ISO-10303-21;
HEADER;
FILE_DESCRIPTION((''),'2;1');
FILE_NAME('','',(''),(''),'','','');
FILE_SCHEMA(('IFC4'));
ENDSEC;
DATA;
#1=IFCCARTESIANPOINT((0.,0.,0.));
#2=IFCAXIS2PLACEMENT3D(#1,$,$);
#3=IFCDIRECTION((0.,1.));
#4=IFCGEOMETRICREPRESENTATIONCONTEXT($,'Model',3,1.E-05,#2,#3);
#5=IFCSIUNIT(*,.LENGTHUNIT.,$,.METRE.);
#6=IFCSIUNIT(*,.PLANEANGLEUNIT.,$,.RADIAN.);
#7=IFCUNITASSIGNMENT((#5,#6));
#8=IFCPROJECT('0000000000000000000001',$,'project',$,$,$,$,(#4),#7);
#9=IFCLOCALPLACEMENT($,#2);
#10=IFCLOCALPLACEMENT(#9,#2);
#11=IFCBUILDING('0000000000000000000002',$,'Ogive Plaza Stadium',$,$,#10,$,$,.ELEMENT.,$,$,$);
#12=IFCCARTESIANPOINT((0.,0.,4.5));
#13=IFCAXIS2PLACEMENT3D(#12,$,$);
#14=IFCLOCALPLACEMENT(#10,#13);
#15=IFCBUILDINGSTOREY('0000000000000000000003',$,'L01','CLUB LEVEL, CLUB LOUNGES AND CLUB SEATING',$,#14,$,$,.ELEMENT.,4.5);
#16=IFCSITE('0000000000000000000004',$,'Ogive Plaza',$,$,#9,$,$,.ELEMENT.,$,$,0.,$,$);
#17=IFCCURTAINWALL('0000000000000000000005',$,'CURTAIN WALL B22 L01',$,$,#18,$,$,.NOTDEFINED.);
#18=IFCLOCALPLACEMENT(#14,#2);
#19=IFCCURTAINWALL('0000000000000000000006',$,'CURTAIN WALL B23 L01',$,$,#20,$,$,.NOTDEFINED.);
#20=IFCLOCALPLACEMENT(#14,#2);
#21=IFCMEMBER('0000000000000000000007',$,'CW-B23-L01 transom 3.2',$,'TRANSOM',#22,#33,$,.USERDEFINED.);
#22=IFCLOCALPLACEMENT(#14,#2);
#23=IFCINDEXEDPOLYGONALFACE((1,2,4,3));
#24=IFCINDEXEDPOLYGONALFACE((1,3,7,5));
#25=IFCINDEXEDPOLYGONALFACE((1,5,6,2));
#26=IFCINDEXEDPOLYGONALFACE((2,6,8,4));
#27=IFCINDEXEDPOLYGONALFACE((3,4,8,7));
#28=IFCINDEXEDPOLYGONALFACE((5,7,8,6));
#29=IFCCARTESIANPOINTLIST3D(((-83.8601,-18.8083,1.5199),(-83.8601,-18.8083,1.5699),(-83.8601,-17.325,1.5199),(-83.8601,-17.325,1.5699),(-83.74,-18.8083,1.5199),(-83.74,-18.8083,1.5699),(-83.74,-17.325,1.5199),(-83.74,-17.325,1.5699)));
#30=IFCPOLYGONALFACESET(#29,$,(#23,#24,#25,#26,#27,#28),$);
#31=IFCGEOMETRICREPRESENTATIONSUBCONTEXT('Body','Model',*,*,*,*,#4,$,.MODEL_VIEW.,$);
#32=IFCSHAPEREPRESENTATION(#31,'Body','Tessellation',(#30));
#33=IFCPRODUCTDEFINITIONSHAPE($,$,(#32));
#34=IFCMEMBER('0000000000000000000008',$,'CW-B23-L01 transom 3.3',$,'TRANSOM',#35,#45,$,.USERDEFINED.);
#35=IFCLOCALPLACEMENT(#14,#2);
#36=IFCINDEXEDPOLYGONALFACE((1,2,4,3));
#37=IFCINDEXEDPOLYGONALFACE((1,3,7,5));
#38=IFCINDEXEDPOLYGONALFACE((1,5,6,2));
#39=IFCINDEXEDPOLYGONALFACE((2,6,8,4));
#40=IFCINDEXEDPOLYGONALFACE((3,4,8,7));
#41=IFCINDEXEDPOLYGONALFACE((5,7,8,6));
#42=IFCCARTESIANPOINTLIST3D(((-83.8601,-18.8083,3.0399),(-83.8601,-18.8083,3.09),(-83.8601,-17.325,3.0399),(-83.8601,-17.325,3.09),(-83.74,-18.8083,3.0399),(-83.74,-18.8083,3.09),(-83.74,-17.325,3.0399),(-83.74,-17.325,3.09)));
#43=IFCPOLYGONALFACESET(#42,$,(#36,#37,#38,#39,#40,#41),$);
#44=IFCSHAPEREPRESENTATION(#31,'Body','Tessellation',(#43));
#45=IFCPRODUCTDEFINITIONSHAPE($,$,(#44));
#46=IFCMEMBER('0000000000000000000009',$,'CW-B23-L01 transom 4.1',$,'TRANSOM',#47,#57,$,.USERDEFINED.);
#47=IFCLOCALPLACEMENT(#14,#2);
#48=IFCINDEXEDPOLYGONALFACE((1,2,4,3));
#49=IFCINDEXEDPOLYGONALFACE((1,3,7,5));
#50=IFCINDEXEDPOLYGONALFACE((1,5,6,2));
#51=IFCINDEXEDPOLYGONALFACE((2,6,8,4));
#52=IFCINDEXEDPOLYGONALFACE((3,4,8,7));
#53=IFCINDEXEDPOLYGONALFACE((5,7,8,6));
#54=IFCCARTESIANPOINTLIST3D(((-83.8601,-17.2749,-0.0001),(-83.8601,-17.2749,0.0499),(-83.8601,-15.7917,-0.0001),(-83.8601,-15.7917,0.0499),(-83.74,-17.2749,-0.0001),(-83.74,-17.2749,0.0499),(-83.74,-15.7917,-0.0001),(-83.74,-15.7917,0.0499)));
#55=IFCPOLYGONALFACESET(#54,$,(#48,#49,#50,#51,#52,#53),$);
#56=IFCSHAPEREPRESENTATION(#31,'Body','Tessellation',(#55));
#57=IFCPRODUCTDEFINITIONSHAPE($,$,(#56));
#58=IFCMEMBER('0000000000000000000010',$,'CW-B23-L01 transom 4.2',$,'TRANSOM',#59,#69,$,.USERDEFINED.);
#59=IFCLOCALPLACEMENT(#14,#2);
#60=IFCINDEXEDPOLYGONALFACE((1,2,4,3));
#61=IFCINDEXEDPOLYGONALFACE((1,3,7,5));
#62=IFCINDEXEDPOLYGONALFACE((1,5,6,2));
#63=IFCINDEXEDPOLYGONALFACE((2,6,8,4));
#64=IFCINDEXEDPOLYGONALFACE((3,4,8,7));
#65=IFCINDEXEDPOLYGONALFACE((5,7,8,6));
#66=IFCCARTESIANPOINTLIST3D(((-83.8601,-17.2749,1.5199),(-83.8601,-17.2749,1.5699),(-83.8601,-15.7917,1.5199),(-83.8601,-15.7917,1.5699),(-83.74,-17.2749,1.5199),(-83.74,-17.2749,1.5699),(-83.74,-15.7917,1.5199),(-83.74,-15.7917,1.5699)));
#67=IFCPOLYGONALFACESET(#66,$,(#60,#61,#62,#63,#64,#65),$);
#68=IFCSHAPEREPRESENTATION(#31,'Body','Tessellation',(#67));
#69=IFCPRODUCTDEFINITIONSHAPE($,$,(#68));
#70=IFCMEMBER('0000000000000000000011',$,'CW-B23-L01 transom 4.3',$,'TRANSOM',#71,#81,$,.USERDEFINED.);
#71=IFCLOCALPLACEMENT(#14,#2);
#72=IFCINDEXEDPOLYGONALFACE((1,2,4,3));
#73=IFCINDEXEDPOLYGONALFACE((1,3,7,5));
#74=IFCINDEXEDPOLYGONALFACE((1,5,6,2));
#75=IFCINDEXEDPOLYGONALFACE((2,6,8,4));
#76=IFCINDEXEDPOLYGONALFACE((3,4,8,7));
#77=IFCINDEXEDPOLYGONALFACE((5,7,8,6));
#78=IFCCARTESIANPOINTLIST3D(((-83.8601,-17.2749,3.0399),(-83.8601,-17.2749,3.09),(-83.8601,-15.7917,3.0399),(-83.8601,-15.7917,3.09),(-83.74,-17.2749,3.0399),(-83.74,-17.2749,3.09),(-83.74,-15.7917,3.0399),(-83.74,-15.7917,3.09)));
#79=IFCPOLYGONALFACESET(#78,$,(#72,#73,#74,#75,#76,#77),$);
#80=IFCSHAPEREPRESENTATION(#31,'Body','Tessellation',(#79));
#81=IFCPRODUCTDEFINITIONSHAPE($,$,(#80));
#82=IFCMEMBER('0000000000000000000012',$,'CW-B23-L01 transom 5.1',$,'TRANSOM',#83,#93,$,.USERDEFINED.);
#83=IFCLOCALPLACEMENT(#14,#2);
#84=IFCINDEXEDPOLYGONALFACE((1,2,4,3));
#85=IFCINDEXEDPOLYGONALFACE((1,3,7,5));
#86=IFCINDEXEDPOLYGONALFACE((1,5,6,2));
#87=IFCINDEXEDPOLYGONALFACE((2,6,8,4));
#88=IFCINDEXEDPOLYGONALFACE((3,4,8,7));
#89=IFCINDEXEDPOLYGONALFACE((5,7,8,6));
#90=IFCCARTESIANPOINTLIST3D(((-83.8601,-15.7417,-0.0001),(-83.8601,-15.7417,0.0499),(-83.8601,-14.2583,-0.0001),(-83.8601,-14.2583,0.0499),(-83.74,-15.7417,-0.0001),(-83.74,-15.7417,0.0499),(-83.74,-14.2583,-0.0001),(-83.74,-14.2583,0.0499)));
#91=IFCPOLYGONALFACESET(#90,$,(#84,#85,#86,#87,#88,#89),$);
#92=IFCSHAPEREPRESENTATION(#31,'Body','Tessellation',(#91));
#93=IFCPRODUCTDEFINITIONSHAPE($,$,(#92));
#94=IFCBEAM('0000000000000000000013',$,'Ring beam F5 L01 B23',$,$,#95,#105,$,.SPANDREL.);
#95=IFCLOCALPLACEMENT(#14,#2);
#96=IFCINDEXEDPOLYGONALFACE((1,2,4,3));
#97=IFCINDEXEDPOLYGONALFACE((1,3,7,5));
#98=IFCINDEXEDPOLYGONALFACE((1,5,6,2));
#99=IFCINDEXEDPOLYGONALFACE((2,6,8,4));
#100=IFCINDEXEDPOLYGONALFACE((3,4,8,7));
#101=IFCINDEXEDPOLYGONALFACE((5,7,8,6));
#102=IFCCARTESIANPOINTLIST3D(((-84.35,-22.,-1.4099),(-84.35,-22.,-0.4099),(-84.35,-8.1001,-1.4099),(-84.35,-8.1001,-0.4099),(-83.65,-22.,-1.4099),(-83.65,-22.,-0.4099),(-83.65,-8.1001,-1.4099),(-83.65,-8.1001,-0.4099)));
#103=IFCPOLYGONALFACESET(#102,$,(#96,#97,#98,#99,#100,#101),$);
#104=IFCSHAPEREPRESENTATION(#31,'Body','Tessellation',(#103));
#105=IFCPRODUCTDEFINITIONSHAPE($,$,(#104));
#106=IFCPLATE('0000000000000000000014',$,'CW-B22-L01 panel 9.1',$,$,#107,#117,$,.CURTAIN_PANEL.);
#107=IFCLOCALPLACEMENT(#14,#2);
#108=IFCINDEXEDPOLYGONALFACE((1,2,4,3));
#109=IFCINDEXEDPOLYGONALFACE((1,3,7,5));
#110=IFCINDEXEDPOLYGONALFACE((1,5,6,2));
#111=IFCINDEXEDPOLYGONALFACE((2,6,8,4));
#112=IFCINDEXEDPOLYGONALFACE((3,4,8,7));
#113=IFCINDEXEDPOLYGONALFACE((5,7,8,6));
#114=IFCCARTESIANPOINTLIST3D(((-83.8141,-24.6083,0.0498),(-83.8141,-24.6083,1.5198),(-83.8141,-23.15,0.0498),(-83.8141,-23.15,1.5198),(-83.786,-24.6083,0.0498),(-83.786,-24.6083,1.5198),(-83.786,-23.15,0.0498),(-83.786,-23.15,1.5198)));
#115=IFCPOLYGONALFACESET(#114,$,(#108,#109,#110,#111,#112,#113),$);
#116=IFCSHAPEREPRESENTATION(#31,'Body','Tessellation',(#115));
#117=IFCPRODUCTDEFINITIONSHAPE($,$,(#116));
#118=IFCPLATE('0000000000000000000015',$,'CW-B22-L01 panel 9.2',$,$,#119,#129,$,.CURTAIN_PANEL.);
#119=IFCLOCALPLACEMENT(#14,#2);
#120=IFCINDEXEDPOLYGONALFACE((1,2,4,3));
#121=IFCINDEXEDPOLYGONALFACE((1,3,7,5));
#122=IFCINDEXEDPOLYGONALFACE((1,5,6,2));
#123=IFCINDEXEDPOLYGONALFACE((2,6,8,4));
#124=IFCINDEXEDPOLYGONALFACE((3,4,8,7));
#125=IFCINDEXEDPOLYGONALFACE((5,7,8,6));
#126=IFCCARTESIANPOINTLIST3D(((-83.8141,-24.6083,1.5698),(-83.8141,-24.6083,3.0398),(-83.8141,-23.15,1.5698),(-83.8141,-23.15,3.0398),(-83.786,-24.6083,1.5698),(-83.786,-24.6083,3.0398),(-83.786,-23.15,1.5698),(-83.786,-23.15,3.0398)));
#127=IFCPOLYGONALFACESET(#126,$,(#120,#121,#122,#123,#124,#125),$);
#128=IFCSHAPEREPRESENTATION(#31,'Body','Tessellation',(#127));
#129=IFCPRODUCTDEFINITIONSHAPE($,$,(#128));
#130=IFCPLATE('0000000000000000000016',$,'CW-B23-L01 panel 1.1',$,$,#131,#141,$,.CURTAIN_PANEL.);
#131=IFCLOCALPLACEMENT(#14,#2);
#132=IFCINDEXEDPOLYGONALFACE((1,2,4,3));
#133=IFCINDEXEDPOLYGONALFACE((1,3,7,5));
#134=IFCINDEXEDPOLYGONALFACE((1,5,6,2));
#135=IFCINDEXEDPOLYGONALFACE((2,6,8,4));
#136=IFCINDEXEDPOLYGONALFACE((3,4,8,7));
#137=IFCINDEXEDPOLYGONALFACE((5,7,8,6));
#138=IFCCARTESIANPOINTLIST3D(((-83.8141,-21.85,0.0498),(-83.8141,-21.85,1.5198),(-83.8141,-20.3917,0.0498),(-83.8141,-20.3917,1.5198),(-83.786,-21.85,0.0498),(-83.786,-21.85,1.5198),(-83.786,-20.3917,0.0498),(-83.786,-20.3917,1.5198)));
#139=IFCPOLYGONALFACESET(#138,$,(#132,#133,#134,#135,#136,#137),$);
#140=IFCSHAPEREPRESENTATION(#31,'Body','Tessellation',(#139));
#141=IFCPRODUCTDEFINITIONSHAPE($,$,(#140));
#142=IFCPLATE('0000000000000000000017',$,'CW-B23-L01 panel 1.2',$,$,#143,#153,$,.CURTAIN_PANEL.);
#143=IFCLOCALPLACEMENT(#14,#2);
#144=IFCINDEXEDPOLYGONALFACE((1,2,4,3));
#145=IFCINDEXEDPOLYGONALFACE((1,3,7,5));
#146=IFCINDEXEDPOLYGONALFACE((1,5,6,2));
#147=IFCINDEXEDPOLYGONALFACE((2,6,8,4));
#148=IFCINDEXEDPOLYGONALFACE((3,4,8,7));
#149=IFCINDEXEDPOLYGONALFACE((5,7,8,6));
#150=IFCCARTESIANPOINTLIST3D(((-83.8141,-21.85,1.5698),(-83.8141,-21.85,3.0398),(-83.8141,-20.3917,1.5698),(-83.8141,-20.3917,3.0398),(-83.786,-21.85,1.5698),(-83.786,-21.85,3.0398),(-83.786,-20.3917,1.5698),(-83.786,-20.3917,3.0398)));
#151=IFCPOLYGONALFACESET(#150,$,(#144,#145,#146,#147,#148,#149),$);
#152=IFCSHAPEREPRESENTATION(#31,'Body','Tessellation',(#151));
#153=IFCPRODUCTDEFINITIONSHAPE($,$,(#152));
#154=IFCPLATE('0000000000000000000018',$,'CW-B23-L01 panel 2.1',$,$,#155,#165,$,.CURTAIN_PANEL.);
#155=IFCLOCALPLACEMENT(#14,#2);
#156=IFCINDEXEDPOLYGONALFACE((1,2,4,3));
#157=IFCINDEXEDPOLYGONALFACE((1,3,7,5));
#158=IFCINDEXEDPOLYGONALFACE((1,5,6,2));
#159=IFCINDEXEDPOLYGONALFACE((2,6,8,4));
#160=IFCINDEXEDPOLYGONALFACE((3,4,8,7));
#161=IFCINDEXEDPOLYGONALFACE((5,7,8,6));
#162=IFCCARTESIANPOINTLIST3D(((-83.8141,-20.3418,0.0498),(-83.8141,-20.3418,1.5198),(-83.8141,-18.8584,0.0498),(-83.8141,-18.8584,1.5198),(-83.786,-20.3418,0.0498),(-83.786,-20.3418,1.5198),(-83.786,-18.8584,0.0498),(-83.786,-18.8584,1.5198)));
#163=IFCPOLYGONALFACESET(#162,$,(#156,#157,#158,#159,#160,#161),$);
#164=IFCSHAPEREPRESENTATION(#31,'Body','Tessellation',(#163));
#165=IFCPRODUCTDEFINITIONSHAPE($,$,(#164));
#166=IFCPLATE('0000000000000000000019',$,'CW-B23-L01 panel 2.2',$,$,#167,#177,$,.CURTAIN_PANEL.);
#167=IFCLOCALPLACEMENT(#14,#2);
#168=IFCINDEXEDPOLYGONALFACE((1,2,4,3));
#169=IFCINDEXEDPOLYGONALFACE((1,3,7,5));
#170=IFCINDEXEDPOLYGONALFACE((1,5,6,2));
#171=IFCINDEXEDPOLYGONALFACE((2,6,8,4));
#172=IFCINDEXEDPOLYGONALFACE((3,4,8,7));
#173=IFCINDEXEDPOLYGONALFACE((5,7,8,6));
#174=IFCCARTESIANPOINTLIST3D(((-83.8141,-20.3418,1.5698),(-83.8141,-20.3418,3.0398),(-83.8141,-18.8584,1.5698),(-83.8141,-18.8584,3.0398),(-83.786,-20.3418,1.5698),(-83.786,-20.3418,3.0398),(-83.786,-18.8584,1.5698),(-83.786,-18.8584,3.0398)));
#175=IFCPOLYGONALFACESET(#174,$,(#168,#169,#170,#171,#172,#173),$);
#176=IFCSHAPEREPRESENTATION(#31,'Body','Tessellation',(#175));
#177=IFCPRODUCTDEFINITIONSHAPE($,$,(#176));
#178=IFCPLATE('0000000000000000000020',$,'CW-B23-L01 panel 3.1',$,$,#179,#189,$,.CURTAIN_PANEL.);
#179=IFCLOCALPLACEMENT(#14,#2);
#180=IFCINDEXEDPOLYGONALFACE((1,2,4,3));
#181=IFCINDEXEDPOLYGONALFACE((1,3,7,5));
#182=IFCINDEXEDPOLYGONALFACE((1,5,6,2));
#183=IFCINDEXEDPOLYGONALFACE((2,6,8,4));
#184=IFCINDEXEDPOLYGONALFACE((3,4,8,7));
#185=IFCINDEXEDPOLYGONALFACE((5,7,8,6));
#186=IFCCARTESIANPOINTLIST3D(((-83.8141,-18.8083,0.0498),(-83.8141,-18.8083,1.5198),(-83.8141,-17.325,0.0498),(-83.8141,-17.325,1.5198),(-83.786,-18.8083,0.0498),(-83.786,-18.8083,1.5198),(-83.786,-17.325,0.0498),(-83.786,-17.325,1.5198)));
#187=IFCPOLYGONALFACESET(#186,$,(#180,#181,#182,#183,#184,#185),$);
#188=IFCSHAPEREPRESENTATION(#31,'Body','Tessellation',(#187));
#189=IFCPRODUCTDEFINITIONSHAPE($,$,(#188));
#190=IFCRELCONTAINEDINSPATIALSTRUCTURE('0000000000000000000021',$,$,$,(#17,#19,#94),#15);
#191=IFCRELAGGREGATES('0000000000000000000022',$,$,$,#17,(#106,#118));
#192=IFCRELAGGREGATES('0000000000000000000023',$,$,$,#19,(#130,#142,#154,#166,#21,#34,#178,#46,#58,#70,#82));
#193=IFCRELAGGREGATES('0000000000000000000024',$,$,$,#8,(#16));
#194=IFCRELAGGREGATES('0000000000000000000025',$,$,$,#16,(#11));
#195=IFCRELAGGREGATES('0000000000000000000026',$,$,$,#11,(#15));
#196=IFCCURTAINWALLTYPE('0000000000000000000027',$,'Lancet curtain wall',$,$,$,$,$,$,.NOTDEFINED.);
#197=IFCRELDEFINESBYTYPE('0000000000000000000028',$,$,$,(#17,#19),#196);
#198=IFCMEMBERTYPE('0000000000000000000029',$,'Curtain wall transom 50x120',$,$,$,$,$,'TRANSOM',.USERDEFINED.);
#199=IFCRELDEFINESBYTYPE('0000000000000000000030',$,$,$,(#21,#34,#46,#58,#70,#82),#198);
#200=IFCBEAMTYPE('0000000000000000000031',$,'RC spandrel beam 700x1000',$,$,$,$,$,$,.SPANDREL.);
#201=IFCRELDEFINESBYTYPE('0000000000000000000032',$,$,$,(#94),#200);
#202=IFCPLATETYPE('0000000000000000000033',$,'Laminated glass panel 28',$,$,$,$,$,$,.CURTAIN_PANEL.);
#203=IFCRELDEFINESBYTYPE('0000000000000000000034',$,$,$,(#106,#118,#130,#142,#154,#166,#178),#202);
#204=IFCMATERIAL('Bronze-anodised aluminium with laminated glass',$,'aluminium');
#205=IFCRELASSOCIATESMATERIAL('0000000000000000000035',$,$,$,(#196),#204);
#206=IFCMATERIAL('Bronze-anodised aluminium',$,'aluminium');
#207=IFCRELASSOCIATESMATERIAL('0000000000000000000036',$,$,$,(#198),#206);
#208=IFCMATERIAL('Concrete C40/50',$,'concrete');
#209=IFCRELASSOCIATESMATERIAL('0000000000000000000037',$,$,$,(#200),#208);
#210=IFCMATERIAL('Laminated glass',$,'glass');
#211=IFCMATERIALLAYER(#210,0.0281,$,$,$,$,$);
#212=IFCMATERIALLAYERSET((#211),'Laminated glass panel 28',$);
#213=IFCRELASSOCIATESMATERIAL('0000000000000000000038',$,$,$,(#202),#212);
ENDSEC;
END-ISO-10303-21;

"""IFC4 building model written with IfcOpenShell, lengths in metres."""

from ifc_helpers import new_model, si_unit, direction, frame, origin, origin_2d, place, context, subcontext, project, spatial, rectangle, extrude, material, layer, layer_set, material_profile, profile_set, type_object, element, aggregate, save


model = new_model("IFC4")

# Units and contexts
model_context = context("Model", 3, precision=1e-05, world=origin(), true_north=direction((0.0, 1.0)))
body_context = subcontext(model_context, "Body", "Model", "MODEL_VIEW")
ifc_project = project(units=[si_unit("LENGTHUNIT", "METRE"), si_unit("PLANEANGLEUNIT", "RADIAN")], contexts=[model_context])

# Site, building, storey
site_placement = place(None, origin())
site = spatial("IfcSite", under=ifc_project, at=site_placement, Name="Ogive Plaza", CompositionType="ELEMENT", RefElevation=0.0)
building_placement = place(site_placement, origin())
building = spatial("IfcBuilding", under=site, at=building_placement, Name="Ogive Plaza Stadium", CompositionType="ELEMENT")
storey_placement = place(building_placement, frame((0.0, 0.0, 4.5)))
storey = spatial("IfcBuildingStorey", under=building, at=storey_placement, Name="L01", Description="CLUB LEVEL, CLUB LOUNGES AND CLUB SEATING", CompositionType="ELEMENT", Elevation=4.5)

# Curtain wall
ifc_material_1 = material(Name="Bronze-anodised aluminium with laminated glass", Category="aluminium")
curtain_wall_type = type_object("IfcCurtainWallType", Name="Lancet curtain wall", PredefinedType="NOTDEFINED", material=ifc_material_1)
curtain_wall_1_placement = place(storey_placement, origin())
curtain_wall_1 = element("IfcCurtainWall", 1, at=curtain_wall_1_placement, inside=storey, type_object=curtain_wall_type, Name="CURTAIN WALL B22 L01", PredefinedType="NOTDEFINED")

# Curtain wall, members
curtain_wall_2_placement = place(storey_placement, origin())
curtain_wall_2 = element("IfcCurtainWall", 2, at=curtain_wall_2_placement, inside=storey, type_object=curtain_wall_type, Name="CURTAIN WALL B23 L01", PredefinedType="NOTDEFINED")
ifc_material_2 = material(Name="Bronze-anodised aluminium", Category="aluminium")
ifc_material_profile_1 = material_profile(ifc_material_2, rectangle(XDim=0.1201, YDim=0.05, at=origin_2d()), Name="AL 120x50")
ifc_profile_set_1 = profile_set([ifc_material_profile_1], Name="Bronze-anodised aluminium")
member_type_1 = type_object("IfcMemberType", Name="Curtain wall transom 50x120", ElementType="TRANSOM", PredefinedType="USERDEFINED", material=ifc_profile_set_1)
member_1_placement = place(storey_placement, frame((-83.8, -18.8083, 1.5449), z_axis=(0.0, 1.0, 0.0), x_axis=(-1.0, 0.0, 0.0)))
member_1 = element("IfcMember", 3, at=member_1_placement, type_object=member_type_1, Name="CW-B23-L01 transom 3.2", ObjectType="TRANSOM", PredefinedType="USERDEFINED", context=body_context, shape_type="SweptSolid", body=[
    extrude(rectangle(XDim=0.1201, YDim=0.05, at=origin_2d()), origin(), (0.0, 0.0, 1.0), 1.4834),
])
member_2_placement = place(storey_placement, frame((-83.8, -18.8083, 3.0649), z_axis=(0.0, 1.0, 0.0), x_axis=(-1.0, 0.0, 0.0)))
member_2 = element("IfcMember", 4, at=member_2_placement, type_object=member_type_1, Name="CW-B23-L01 transom 3.3", ObjectType="TRANSOM", PredefinedType="USERDEFINED", context=body_context, shape_type="SweptSolid", body=[
    extrude(rectangle(XDim=0.1201, YDim=0.05, at=origin_2d()), origin(), (0.0, 0.0, 1.0), 1.4834),
])
member_3_placement = place(storey_placement, frame((-83.8, -17.2749, 0.0249), z_axis=(0.0, 1.0, 0.0), x_axis=(-1.0, 0.0, 0.0)))
member_3 = element("IfcMember", 5, at=member_3_placement, type_object=member_type_1, Name="CW-B23-L01 transom 4.1", ObjectType="TRANSOM", PredefinedType="USERDEFINED", context=body_context, shape_type="SweptSolid", body=[
    extrude(rectangle(XDim=0.1201, YDim=0.05, at=origin_2d()), origin(), (0.0, 0.0, 1.0), 1.4832),
])
member_4_placement = place(storey_placement, frame((-83.8, -17.2749, 1.5449), z_axis=(0.0, 1.0, 0.0), x_axis=(-1.0, 0.0, 0.0)))
member_4 = element("IfcMember", 6, at=member_4_placement, type_object=member_type_1, Name="CW-B23-L01 transom 4.2", ObjectType="TRANSOM", PredefinedType="USERDEFINED", context=body_context, shape_type="SweptSolid", body=[
    extrude(rectangle(XDim=0.1201, YDim=0.05, at=origin_2d()), origin(), (0.0, 0.0, 1.0), 1.4832),
])
member_5_placement = place(storey_placement, frame((-83.8, -17.2749, 3.0649), z_axis=(0.0, 1.0, 0.0), x_axis=(-1.0, 0.0, 0.0)))
member_5 = element("IfcMember", 7, at=member_5_placement, type_object=member_type_1, Name="CW-B23-L01 transom 4.3", ObjectType="TRANSOM", PredefinedType="USERDEFINED", context=body_context, shape_type="SweptSolid", body=[
    extrude(rectangle(XDim=0.1201, YDim=0.05, at=origin_2d()), origin(), (0.0, 0.0, 1.0), 1.4832),
])
member_6_placement = place(storey_placement, frame((-83.8, -15.7417, 0.0249), z_axis=(0.0, 1.0, 0.0), x_axis=(-1.0, 0.0, 0.0)))
member_6 = element("IfcMember", 8, at=member_6_placement, type_object=member_type_1, Name="CW-B23-L01 transom 5.1", ObjectType="TRANSOM", PredefinedType="USERDEFINED", context=body_context, shape_type="SweptSolid", body=[
    extrude(rectangle(XDim=0.1201, YDim=0.05, at=origin_2d()), origin(), (0.0, 0.0, 1.0), 1.4834),
])

# Beam
ifc_material_3 = material(Name="Concrete C40/50", Category="concrete")
ifc_material_profile_2 = material_profile(ifc_material_3, rectangle(XDim=0.7, YDim=1.0, at=origin_2d()), Name="RC 700x1000")
ifc_profile_set_2 = profile_set([ifc_material_profile_2], Name="Concrete C40/50")
beam_type = type_object("IfcBeamType", Name="RC spandrel beam 700x1000", PredefinedType="SPANDREL", material=ifc_profile_set_2)
beam_placement = place(storey_placement, frame((-84.0, -22.0, -0.9099), z_axis=(0.0, 1.0, 0.0), x_axis=(-1.0, 0.0, 0.0)))
element("IfcBeam", 9, at=beam_placement, inside=storey, type_object=beam_type, Name="Ring beam F5 L01 B23", PredefinedType="SPANDREL", context=body_context, shape_type="SweptSolid", body=[
    extrude(rectangle(XDim=0.7, YDim=1.0, at=origin_2d()), origin(), (0.0, 0.0, 1.0), 13.8999),
])

# Plates
ifc_material_4 = material(Name="Laminated glass", Category="glass")
ifc_layer = layer(ifc_material_4, 0.0281)
ifc_layer_set = layer_set([ifc_layer], Name="Laminated glass panel 28")
plate_type = type_object("IfcPlateType", Name="Laminated glass panel 28", PredefinedType="CURTAIN_PANEL", material=ifc_layer_set)
plate_1_placement = place(storey_placement, frame((-83.8, -23.8792, 0.0498), z_axis=(0.0, 0.0, 1.0), x_axis=(0.0, 1.0, 0.0)))
plate_1 = element("IfcPlate", 10, at=plate_1_placement, type_object=plate_type, Name="CW-B22-L01 panel 9.1", PredefinedType="CURTAIN_PANEL", context=body_context, shape_type="SweptSolid", body=[
    extrude(rectangle(XDim=1.4583, YDim=0.0281, at=origin_2d()), origin(), (0.0, 0.0, 1.0), 1.47),
])
plate_2_placement = place(storey_placement, frame((-83.8, -23.8792, 1.5698), z_axis=(0.0, 0.0, 1.0), x_axis=(0.0, 1.0, 0.0)))
plate_2 = element("IfcPlate", 11, at=plate_2_placement, type_object=plate_type, Name="CW-B22-L01 panel 9.2", PredefinedType="CURTAIN_PANEL", context=body_context, shape_type="SweptSolid", body=[
    extrude(rectangle(XDim=1.4583, YDim=0.0281, at=origin_2d()), origin(), (0.0, 0.0, 1.0), 1.47),
])
aggregate(curtain_wall_1, [plate_1, plate_2])
plate_3_placement = place(storey_placement, frame((-83.8, -21.1208, 0.0498), z_axis=(0.0, 0.0, 1.0), x_axis=(0.0, 1.0, 0.0)))
plate_3 = element("IfcPlate", 12, at=plate_3_placement, type_object=plate_type, Name="CW-B23-L01 panel 1.1", PredefinedType="CURTAIN_PANEL", context=body_context, shape_type="SweptSolid", body=[
    extrude(rectangle(XDim=1.4583, YDim=0.0281, at=origin_2d()), origin(), (0.0, 0.0, 1.0), 1.47),
])
plate_4_placement = place(storey_placement, frame((-83.8, -21.1208, 1.5698), z_axis=(0.0, 0.0, 1.0), x_axis=(0.0, 1.0, 0.0)))
plate_4 = element("IfcPlate", 13, at=plate_4_placement, type_object=plate_type, Name="CW-B23-L01 panel 1.2", PredefinedType="CURTAIN_PANEL", context=body_context, shape_type="SweptSolid", body=[
    extrude(rectangle(XDim=1.4583, YDim=0.0281, at=origin_2d()), origin(), (0.0, 0.0, 1.0), 1.47),
])
plate_5_placement = place(storey_placement, frame((-83.8, -19.6001, 0.0498), z_axis=(0.0, 0.0, 1.0), x_axis=(0.0, 1.0, 0.0)))
plate_5 = element("IfcPlate", 14, at=plate_5_placement, type_object=plate_type, Name="CW-B23-L01 panel 2.1", PredefinedType="CURTAIN_PANEL", context=body_context, shape_type="SweptSolid", body=[
    extrude(rectangle(XDim=1.4834, YDim=0.0281, at=origin_2d()), origin(), (0.0, 0.0, 1.0), 1.47),
])
plate_6_placement = place(storey_placement, frame((-83.8, -19.6001, 1.5698), z_axis=(0.0, 0.0, 1.0), x_axis=(0.0, 1.0, 0.0)))
plate_6 = element("IfcPlate", 15, at=plate_6_placement, type_object=plate_type, Name="CW-B23-L01 panel 2.2", PredefinedType="CURTAIN_PANEL", context=body_context, shape_type="SweptSolid", body=[
    extrude(rectangle(XDim=1.4834, YDim=0.0281, at=origin_2d()), origin(), (0.0, 0.0, 1.0), 1.47),
])
plate_7_placement = place(storey_placement, frame((-83.8, -18.0667, 0.0498), z_axis=(0.0, 0.0, 1.0), x_axis=(0.0, 1.0, 0.0)))
plate_7 = element("IfcPlate", 16, at=plate_7_placement, type_object=plate_type, Name="CW-B23-L01 panel 3.1", PredefinedType="CURTAIN_PANEL", context=body_context, shape_type="SweptSolid", body=[
    extrude(rectangle(XDim=1.4834, YDim=0.0281, at=origin_2d()), origin(), (0.0, 0.0, 1.0), 1.47),
])
aggregate(curtain_wall_2, [plate_3, plate_4, plate_5, plate_6, member_1, member_2, plate_7, member_3, member_4, member_5, member_6])

save(model, "model.ifc")
